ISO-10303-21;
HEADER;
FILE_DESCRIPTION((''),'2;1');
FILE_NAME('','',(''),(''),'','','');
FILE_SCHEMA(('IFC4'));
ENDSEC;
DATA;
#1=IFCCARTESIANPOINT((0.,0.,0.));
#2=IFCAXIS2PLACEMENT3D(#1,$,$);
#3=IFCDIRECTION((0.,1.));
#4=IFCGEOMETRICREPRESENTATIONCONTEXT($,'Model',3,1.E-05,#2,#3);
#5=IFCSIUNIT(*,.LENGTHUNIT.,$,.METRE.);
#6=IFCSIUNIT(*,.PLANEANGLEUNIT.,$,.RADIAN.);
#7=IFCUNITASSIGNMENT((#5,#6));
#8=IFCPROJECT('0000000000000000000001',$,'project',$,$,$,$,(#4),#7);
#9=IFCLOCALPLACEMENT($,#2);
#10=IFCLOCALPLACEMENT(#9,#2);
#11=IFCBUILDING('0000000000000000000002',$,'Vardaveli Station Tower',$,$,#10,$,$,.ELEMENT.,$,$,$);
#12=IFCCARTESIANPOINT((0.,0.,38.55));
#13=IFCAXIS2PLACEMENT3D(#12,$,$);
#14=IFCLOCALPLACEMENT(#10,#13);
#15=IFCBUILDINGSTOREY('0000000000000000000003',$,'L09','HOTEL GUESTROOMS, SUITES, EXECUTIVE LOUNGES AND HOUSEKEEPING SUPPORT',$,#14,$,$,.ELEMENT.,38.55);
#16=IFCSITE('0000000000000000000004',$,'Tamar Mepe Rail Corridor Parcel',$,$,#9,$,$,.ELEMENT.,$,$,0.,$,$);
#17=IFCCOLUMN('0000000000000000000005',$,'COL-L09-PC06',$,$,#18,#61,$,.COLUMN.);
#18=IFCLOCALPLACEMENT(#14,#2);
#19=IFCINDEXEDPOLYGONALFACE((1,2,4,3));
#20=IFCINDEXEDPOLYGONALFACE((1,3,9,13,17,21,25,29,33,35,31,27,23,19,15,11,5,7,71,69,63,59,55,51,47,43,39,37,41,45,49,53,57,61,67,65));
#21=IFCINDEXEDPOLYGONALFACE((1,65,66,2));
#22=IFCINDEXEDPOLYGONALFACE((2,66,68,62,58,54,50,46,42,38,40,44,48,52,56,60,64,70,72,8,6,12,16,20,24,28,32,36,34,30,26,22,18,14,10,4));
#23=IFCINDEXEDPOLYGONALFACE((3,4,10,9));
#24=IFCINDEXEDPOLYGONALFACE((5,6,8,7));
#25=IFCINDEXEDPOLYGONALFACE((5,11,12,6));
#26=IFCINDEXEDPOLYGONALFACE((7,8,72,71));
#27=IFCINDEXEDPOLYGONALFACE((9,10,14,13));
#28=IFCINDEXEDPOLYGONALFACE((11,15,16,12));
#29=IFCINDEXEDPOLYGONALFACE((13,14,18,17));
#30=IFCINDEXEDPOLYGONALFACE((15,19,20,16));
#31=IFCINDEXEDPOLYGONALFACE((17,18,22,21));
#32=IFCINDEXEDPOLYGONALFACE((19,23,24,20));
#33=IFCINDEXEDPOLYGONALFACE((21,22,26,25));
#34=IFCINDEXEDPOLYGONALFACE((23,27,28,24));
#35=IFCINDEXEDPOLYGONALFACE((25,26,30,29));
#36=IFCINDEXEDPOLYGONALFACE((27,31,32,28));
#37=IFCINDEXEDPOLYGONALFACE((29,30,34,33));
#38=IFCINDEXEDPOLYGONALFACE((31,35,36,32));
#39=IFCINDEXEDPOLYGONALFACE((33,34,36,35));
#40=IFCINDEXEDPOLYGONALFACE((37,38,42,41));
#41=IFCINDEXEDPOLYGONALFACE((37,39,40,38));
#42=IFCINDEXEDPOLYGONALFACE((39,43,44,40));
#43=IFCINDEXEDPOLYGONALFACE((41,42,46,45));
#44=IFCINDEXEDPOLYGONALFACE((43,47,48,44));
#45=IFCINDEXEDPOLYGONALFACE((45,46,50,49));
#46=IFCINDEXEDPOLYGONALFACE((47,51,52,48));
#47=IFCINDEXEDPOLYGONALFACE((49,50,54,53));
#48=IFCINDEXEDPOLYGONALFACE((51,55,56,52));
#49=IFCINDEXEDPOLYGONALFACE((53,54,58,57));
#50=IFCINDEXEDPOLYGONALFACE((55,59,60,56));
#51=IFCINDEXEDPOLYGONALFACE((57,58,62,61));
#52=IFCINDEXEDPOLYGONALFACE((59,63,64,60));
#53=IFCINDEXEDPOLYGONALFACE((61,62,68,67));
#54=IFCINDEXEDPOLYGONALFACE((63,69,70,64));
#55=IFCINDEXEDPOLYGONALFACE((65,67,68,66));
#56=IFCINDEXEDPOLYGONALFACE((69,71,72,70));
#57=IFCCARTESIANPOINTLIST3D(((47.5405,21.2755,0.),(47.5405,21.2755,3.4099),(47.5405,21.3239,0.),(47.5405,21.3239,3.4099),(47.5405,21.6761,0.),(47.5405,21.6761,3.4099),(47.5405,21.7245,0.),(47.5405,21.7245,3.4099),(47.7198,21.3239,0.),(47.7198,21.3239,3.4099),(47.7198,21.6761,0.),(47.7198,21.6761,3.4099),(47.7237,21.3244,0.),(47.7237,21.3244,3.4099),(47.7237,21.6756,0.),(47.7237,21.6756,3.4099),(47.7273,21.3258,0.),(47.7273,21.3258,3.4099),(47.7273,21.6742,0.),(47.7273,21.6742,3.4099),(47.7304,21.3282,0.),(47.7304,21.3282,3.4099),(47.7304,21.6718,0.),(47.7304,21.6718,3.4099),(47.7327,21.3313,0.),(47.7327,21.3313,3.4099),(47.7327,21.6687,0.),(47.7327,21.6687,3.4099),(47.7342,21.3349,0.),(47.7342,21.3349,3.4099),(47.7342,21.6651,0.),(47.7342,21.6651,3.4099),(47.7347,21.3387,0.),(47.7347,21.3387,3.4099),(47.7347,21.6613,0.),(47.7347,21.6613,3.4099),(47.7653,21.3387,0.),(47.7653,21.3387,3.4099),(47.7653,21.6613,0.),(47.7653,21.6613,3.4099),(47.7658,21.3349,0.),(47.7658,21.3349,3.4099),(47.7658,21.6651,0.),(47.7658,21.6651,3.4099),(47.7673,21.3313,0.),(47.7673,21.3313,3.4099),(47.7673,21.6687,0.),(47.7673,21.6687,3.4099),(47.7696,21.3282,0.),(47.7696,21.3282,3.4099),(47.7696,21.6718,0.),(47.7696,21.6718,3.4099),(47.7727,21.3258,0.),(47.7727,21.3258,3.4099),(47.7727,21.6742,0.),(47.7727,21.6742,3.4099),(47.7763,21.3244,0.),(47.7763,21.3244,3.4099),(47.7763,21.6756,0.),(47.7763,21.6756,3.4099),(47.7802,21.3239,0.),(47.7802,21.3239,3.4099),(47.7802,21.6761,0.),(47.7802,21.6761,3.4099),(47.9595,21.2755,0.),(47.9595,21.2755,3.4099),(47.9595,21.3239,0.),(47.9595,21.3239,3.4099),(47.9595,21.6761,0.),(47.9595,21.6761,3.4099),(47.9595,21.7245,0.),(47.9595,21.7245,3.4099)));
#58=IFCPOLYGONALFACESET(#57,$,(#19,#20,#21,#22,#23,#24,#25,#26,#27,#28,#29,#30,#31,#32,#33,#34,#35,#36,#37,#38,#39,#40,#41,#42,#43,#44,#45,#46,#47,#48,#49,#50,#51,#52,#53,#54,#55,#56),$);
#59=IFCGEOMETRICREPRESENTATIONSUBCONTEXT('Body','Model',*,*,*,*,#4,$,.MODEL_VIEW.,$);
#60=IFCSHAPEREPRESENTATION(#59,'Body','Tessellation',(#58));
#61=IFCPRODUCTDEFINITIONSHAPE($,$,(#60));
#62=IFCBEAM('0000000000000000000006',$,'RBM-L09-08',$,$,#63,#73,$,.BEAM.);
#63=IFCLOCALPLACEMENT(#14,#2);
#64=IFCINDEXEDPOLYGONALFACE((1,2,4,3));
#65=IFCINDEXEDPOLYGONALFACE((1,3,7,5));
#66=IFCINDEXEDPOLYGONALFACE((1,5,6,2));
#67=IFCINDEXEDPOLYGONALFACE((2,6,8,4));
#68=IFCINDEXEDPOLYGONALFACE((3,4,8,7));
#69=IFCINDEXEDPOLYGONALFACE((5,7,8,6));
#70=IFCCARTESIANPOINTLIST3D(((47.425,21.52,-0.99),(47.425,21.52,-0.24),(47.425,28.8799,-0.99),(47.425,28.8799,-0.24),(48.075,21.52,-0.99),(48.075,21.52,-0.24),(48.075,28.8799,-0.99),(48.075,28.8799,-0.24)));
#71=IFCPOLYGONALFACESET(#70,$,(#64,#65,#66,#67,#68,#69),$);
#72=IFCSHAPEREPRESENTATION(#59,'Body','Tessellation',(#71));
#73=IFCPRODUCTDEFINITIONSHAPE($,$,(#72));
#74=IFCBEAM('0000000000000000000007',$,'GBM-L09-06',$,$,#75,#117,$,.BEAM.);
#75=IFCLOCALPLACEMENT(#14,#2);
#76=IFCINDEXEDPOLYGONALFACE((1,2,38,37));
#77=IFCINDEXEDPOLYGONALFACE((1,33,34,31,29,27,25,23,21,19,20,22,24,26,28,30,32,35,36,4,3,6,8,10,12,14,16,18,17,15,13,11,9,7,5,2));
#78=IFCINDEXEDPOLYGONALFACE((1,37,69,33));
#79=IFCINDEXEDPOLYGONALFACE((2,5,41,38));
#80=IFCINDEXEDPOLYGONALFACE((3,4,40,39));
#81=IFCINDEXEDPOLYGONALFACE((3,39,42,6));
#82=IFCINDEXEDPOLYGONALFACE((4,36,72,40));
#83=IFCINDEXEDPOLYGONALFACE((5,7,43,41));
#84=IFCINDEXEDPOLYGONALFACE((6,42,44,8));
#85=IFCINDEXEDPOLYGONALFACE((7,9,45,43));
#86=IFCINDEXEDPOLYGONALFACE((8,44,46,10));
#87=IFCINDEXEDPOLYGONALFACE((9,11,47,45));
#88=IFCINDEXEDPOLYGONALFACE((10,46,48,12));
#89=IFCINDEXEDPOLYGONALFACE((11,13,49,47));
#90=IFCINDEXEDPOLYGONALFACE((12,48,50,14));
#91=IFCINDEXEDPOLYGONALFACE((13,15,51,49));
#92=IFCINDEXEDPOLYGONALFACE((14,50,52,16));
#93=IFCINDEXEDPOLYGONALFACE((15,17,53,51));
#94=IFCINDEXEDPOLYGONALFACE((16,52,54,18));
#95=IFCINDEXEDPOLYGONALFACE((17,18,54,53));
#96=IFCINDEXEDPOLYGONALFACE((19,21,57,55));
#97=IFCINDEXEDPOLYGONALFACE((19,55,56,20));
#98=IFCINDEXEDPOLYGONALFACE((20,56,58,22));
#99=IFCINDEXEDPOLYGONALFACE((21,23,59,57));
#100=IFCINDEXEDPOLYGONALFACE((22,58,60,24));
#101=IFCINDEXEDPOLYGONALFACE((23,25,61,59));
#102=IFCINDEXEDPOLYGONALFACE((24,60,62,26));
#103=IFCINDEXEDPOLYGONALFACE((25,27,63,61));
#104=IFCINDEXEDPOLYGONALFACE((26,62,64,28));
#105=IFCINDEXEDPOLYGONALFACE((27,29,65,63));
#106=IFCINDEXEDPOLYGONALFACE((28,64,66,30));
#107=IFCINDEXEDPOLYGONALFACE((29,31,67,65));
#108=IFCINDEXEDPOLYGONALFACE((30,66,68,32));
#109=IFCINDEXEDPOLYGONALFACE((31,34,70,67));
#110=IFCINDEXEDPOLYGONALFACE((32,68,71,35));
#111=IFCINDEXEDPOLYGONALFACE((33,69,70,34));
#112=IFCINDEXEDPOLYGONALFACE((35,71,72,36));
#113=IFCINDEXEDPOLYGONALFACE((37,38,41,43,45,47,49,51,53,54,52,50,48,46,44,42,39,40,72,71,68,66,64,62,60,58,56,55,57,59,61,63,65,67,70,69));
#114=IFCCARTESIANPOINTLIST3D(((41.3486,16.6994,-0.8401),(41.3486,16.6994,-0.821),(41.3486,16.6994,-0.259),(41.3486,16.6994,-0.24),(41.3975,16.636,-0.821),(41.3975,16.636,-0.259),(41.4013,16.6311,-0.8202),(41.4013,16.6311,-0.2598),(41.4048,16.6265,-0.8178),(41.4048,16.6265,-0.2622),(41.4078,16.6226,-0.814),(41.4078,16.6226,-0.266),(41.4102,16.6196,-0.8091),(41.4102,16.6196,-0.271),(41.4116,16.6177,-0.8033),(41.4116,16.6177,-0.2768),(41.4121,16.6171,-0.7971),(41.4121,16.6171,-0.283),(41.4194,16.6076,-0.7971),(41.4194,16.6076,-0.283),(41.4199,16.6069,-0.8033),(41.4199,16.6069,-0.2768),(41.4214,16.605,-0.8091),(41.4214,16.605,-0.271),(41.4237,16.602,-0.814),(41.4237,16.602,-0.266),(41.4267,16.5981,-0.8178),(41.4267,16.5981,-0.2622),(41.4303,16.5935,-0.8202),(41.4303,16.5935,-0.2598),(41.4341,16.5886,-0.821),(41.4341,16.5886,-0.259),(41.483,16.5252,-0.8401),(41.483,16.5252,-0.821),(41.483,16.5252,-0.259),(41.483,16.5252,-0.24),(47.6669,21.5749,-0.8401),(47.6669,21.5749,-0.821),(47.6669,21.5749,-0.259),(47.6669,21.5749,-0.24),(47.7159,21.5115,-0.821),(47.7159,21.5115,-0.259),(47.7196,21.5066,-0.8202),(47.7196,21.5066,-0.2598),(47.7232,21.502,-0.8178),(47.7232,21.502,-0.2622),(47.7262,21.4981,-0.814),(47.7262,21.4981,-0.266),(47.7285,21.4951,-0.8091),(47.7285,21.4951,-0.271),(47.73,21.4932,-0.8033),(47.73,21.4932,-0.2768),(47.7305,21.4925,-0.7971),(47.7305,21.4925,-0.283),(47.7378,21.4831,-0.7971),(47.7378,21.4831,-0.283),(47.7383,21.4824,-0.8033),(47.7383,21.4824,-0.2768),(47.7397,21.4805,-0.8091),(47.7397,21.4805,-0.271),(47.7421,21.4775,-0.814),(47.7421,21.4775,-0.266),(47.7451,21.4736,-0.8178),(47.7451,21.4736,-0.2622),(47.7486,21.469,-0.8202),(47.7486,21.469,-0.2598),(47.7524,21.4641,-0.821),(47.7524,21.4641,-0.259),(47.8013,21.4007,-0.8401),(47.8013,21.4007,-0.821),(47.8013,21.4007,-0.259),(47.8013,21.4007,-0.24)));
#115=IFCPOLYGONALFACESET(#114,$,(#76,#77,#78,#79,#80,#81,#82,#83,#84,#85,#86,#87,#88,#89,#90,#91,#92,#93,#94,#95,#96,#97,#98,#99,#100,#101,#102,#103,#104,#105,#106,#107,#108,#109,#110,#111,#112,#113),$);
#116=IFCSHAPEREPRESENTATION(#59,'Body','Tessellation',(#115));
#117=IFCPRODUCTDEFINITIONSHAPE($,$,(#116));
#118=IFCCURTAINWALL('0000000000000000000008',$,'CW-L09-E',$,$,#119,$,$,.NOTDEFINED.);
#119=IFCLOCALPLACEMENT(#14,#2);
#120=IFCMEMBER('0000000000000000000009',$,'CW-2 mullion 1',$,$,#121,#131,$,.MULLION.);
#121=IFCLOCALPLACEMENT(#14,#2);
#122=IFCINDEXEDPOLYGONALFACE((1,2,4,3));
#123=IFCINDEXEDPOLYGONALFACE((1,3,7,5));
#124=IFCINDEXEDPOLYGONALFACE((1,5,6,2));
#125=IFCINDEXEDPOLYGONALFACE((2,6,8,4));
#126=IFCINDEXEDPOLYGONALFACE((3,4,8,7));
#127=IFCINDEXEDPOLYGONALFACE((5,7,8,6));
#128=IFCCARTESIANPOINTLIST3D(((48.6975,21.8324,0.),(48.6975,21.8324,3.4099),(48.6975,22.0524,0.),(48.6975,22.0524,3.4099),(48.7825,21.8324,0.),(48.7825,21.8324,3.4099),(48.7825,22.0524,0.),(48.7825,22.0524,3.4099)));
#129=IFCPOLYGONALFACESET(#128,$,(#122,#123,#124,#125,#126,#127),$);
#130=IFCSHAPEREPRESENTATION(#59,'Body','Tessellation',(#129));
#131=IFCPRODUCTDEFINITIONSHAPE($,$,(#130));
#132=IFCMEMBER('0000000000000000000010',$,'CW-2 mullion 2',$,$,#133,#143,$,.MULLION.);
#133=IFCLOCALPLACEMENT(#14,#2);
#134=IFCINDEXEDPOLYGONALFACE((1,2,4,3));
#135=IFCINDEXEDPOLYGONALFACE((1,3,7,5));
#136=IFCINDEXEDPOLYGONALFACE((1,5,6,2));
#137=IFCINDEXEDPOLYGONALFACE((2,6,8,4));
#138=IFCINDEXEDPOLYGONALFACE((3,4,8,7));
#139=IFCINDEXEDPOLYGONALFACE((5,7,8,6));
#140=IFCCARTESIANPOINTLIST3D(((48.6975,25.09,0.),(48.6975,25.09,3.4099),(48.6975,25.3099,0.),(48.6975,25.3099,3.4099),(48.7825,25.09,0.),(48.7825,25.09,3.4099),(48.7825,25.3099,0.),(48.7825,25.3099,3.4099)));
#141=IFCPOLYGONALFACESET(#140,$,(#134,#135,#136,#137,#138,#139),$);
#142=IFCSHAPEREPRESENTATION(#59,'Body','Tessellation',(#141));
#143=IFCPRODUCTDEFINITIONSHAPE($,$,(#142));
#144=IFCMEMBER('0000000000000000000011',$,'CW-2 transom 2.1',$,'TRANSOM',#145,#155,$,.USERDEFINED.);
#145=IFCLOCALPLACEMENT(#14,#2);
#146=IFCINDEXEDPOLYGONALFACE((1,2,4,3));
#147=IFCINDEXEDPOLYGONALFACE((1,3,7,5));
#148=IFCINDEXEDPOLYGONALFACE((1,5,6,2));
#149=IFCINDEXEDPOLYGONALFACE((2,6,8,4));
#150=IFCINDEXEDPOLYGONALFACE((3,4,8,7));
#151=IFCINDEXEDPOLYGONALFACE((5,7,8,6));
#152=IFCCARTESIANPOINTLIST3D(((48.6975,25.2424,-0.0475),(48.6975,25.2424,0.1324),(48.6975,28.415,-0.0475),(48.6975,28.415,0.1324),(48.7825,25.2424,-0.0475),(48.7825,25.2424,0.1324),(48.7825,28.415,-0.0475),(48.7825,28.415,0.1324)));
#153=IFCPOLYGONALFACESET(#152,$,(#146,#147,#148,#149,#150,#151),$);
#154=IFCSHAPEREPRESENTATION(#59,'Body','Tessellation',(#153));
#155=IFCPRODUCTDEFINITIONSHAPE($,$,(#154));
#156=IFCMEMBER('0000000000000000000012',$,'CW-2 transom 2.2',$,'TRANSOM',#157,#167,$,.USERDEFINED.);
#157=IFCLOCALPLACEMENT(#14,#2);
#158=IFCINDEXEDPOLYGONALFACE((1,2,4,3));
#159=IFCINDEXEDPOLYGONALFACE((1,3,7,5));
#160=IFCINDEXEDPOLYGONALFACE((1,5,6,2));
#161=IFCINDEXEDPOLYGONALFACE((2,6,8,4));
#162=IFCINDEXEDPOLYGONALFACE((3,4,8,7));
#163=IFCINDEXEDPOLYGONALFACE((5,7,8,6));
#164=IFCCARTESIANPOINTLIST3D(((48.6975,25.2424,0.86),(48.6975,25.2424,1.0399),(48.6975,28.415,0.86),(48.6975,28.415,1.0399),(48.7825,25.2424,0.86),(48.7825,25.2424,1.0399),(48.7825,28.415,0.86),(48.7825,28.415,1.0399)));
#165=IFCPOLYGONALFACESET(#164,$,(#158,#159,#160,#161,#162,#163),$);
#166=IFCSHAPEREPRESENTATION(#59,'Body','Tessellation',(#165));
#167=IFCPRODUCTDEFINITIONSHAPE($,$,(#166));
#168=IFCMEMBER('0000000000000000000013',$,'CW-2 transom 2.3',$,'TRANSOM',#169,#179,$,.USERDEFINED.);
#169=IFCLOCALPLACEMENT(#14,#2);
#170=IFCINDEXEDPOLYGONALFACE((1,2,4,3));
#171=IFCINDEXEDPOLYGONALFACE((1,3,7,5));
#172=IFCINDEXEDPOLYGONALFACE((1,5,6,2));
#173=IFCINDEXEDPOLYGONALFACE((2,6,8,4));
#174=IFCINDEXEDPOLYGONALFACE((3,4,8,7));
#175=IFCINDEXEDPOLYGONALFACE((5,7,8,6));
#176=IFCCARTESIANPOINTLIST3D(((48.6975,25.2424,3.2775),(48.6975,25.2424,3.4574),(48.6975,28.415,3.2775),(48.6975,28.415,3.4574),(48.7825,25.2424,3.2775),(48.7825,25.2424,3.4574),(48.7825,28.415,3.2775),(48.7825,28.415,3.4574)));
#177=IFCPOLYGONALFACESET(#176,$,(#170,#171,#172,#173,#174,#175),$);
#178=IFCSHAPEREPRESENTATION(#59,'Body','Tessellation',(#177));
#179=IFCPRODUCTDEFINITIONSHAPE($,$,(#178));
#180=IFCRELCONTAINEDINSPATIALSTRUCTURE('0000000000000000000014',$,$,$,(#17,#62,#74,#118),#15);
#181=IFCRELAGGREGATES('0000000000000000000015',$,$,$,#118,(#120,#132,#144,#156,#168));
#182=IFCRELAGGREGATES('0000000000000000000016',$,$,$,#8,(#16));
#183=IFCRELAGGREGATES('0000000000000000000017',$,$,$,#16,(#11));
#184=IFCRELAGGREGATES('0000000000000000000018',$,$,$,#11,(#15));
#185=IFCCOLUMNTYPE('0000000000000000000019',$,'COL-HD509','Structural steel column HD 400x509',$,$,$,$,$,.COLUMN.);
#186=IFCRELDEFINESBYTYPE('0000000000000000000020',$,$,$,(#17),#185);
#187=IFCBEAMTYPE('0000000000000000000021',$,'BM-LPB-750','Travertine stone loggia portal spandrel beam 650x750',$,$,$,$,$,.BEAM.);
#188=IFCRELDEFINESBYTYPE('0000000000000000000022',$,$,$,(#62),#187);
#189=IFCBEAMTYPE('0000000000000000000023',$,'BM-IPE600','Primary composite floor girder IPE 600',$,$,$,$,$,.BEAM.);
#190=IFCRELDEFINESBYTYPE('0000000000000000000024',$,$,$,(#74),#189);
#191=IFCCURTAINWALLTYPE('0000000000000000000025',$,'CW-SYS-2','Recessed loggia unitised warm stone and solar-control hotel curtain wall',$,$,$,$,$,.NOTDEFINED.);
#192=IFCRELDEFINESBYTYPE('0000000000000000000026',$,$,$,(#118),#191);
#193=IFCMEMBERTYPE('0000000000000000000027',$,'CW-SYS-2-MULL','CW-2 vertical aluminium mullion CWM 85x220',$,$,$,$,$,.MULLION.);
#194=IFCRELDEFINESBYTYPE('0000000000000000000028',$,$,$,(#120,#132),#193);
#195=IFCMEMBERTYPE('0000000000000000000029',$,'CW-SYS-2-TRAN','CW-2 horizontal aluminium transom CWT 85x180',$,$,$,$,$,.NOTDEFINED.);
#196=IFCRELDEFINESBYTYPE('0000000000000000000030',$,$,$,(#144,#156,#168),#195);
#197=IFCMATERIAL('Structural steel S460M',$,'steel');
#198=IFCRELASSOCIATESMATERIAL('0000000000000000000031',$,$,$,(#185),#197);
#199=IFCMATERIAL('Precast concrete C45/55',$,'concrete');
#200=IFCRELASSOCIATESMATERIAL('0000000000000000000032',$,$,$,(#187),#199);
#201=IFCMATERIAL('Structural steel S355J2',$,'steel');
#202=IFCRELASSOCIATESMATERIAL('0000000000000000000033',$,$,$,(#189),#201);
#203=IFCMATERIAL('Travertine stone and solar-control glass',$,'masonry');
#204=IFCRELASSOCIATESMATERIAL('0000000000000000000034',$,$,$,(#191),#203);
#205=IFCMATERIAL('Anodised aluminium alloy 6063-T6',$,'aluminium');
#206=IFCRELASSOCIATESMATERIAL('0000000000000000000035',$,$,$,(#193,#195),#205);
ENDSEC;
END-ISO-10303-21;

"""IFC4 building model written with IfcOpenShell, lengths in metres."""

from ifc_helpers import new_model, si_unit, direction, frame, origin, origin_2d, place, context, subcontext, project, spatial, rectangle, i_section, extrude, source, transform, mapped, material, material_profile, profile_set, type_object, element, aggregate, save


model = new_model("IFC4")

# Units and contexts
model_context = context("Model", 3, precision=1e-05, world=origin(), true_north=direction((0.0, 1.0)))
body_context = subcontext(model_context, "Body", "Model", "MODEL_VIEW")
ifc_project = project(units=[si_unit("LENGTHUNIT", "METRE"), si_unit("PLANEANGLEUNIT", "RADIAN")], contexts=[model_context])

# Site, building, storey
site_placement = place(None, origin())
site = spatial("IfcSite", under=ifc_project, at=site_placement, Name="Tamar Mepe Rail Corridor Parcel", CompositionType="ELEMENT", RefElevation=0.0)
building_placement = place(site_placement, origin())
building = spatial("IfcBuilding", under=site, at=building_placement, Name="Vardaveli Station Tower", CompositionType="ELEMENT")
storey_placement = place(building_placement, frame((0.0, 0.0, 38.55)))
storey = spatial("IfcBuildingStorey", under=building, at=storey_placement, Name="L09", Description="HOTEL GUESTROOMS, SUITES, EXECUTIVE LOUNGES AND HOUSEKEEPING SUPPORT", CompositionType="ELEMENT", Elevation=38.55)

# Column
ifc_material_1 = material(Name="Structural steel S460M", Category="steel")
ifc_material_profile_1 = material_profile(ifc_material_1, i_section(OverallWidth=0.4189, OverallDepth=0.449, WebThickness=0.0305, FlangeThickness=0.0483, FilletRadius=0.0149, at=origin_2d()), Name="HD 400x509")
ifc_profile_set_1 = profile_set([ifc_material_profile_1], Name="Structural steel S460M")
column_type = type_object("IfcColumnType", Name="COL-HD509", Description="Structural steel column HD 400x509", PredefinedType="COLUMN", material=ifc_profile_set_1)
shared_shape_1 = source(origin(), body_context, "Body", "SweptSolid", [
    extrude(i_section(OverallWidth=0.4189, OverallDepth=0.449, WebThickness=0.0305, FlangeThickness=0.0483, FilletRadius=0.0149, at=origin_2d()), origin(), (0.0, 0.0, 1.0), 3.4099),
])
column_placement = place(storey_placement, frame((47.75, 21.5, 0.0), z_axis=(0.0, 0.0, 1.0), x_axis=(1.0, 0.0, 0.0)))
element("IfcColumn", 1, at=column_placement, inside=storey, type_object=column_type, Name="COL-L09-PC06", PredefinedType="COLUMN", context=body_context, shape_type="MappedRepresentation", body=[
    mapped(shared_shape_1, transform((0.0, 0.0, 0.0), scale=1.0)),
])

# Beams
ifc_material_2 = material(Name="Precast concrete C45/55", Category="concrete")
ifc_material_profile_2 = material_profile(ifc_material_2, rectangle(XDim=0.6499, YDim=0.75, at=origin_2d()), Name="LPB 650x750")
ifc_profile_set_2 = profile_set([ifc_material_profile_2], Name="Precast concrete C45/55")
beam_type_1 = type_object("IfcBeamType", Name="BM-LPB-750", Description="Travertine stone loggia portal spandrel beam 650x750", PredefinedType="BEAM", material=ifc_profile_set_2)
shared_shape_2 = source(origin(), body_context, "Body", "SweptSolid", [
    extrude(rectangle(XDim=0.6499, YDim=0.75, at=origin_2d()), origin(), (0.0, 0.0, 1.0), 7.3599),
])
beam_1_placement = place(storey_placement, frame((47.75, 21.52, -0.615), z_axis=(0.0, 1.0, 0.0), x_axis=(-1.0, 0.0, 0.0)))
element("IfcBeam", 2, at=beam_1_placement, inside=storey, type_object=beam_type_1, Name="RBM-L09-08", PredefinedType="BEAM", context=body_context, shape_type="MappedRepresentation", body=[
    mapped(shared_shape_2, transform((0.0, 0.0, 0.0), scale=1.0)),
])
ifc_material_3 = material(Name="Structural steel S355J2", Category="steel")
ifc_material_profile_3 = material_profile(ifc_material_3, i_section(OverallWidth=0.22, OverallDepth=0.6001, WebThickness=0.012, FlangeThickness=0.019, FilletRadius=0.0239, at=origin_2d()), Name="IPE 600")
ifc_profile_set_3 = profile_set([ifc_material_profile_3], Name="Structural steel S355J2")
beam_type_2 = type_object("IfcBeamType", Name="BM-IPE600", Description="Primary composite floor girder IPE 600", PredefinedType="BEAM", material=ifc_profile_set_3)
shared_shape_3 = source(origin(), body_context, "Body", "SweptSolid", [
    extrude(i_section(OverallWidth=0.22, OverallDepth=0.6001, WebThickness=0.012, FlangeThickness=0.019, FilletRadius=0.0239, at=origin_2d()), origin(), (0.0, 0.0, 1.0), 7.9807),
])
beam_2_placement = place(storey_placement, frame((47.7341, 21.4878, -0.54), z_axis=(-0.791702, -0.610908, 0.0), x_axis=(0.610908, -0.791702, 0.0)))
element("IfcBeam", 3, at=beam_2_placement, inside=storey, type_object=beam_type_2, Name="GBM-L09-06", PredefinedType="BEAM", context=body_context, shape_type="MappedRepresentation", body=[
    mapped(shared_shape_3, transform((0.0, 0.0, 0.0), scale=1.0)),
])

# Curtain wall, members
ifc_material_4 = material(Name="Travertine stone and solar-control glass", Category="masonry")
curtain_wall_type = type_object("IfcCurtainWallType", Name="CW-SYS-2", Description="Recessed loggia unitised warm stone and solar-control hotel curtain wall", PredefinedType="NOTDEFINED", material=ifc_material_4)
curtain_wall_placement = place(storey_placement, origin())
curtain_wall = element("IfcCurtainWall", 4, at=curtain_wall_placement, inside=storey, type_object=curtain_wall_type, Name="CW-L09-E", PredefinedType="NOTDEFINED")
ifc_material_5 = material(Name="Anodised aluminium alloy 6063-T6", Category="aluminium")
ifc_material_profile_4 = material_profile(ifc_material_5, rectangle(XDim=0.085, YDim=0.22, at=origin_2d()), Name="CWM 85x220")
ifc_profile_set_4 = profile_set([ifc_material_profile_4], Name="Anodised aluminium alloy 6063-T6")
member_type_1 = type_object("IfcMemberType", Name="CW-SYS-2-MULL", Description="CW-2 vertical aluminium mullion CWM 85x220", PredefinedType="MULLION", material=ifc_profile_set_4)
shared_shape_4 = source(origin(), body_context, "Body", "SweptSolid", [
    extrude(rectangle(XDim=0.085, YDim=0.22, at=origin_2d()), origin(), (0.0, 0.0, 1.0), 3.4099),
])
member_1_placement = place(storey_placement, frame((48.74, 21.9424, 0.0), z_axis=(0.0, 0.0, 1.0), x_axis=(-1.0, 0.0, 0.0)))
member_1 = element("IfcMember", 5, at=member_1_placement, type_object=member_type_1, Name="CW-2 mullion 1", PredefinedType="MULLION", context=body_context, shape_type="MappedRepresentation", body=[
    mapped(shared_shape_4, transform((0.0, 0.0, 0.0), scale=1.0)),
])
member_2_placement = place(storey_placement, frame((48.74, 25.2, 0.0), z_axis=(0.0, 0.0, 1.0), x_axis=(-1.0, 0.0, 0.0)))
member_2 = element("IfcMember", 6, at=member_2_placement, type_object=member_type_1, Name="CW-2 mullion 2", PredefinedType="MULLION", context=body_context, shape_type="MappedRepresentation", body=[
    mapped(shared_shape_4, transform((0.0, 0.0, 0.0), scale=1.0)),
])
ifc_material_profile_5 = material_profile(ifc_material_5, rectangle(XDim=0.085, YDim=0.1799, at=origin_2d()), Name="CWT 85x180")
ifc_profile_set_5 = profile_set([ifc_material_profile_5], Name="Anodised aluminium alloy 6063-T6")
member_type_2 = type_object("IfcMemberType", Name="CW-SYS-2-TRAN", Description="CW-2 horizontal aluminium transom CWT 85x180", PredefinedType="NOTDEFINED", material=ifc_profile_set_5)
shared_shape_5 = source(origin(), body_context, "Body", "SweptSolid", [
    extrude(rectangle(XDim=0.085, YDim=0.1799, at=origin_2d()), origin(), (0.0, 0.0, 1.0), 3.1726),
])
member_3_placement = place(storey_placement, frame((48.74, 25.2424, 0.0425), z_axis=(0.0, 1.0, 0.0), x_axis=(-1.0, 0.0, 0.0)))
member_3 = element("IfcMember", 7, at=member_3_placement, type_object=member_type_2, Name="CW-2 transom 2.1", ObjectType="TRANSOM", PredefinedType="USERDEFINED", context=body_context, shape_type="MappedRepresentation", body=[
    mapped(shared_shape_5, transform((0.0, 0.0, 0.0), scale=1.0)),
])
member_4_placement = place(storey_placement, frame((48.74, 25.2424, 0.95), z_axis=(0.0, 1.0, 0.0), x_axis=(-1.0, 0.0, 0.0)))
member_4 = element("IfcMember", 8, at=member_4_placement, type_object=member_type_2, Name="CW-2 transom 2.2", ObjectType="TRANSOM", PredefinedType="USERDEFINED", context=body_context, shape_type="MappedRepresentation", body=[
    mapped(shared_shape_5, transform((0.0, 0.0, 0.0), scale=1.0)),
])
member_5_placement = place(storey_placement, frame((48.74, 25.2424, 3.3674), z_axis=(0.0, 1.0, 0.0), x_axis=(-1.0, 0.0, 0.0)))
member_5 = element("IfcMember", 9, at=member_5_placement, type_object=member_type_2, Name="CW-2 transom 2.3", ObjectType="TRANSOM", PredefinedType="USERDEFINED", context=body_context, shape_type="MappedRepresentation", body=[
    mapped(shared_shape_5, transform((0.0, 0.0, 0.0), scale=1.0)),
])
aggregate(curtain_wall, [member_1, member_2, member_3, member_4, member_5])

save(model, "model.ifc")
